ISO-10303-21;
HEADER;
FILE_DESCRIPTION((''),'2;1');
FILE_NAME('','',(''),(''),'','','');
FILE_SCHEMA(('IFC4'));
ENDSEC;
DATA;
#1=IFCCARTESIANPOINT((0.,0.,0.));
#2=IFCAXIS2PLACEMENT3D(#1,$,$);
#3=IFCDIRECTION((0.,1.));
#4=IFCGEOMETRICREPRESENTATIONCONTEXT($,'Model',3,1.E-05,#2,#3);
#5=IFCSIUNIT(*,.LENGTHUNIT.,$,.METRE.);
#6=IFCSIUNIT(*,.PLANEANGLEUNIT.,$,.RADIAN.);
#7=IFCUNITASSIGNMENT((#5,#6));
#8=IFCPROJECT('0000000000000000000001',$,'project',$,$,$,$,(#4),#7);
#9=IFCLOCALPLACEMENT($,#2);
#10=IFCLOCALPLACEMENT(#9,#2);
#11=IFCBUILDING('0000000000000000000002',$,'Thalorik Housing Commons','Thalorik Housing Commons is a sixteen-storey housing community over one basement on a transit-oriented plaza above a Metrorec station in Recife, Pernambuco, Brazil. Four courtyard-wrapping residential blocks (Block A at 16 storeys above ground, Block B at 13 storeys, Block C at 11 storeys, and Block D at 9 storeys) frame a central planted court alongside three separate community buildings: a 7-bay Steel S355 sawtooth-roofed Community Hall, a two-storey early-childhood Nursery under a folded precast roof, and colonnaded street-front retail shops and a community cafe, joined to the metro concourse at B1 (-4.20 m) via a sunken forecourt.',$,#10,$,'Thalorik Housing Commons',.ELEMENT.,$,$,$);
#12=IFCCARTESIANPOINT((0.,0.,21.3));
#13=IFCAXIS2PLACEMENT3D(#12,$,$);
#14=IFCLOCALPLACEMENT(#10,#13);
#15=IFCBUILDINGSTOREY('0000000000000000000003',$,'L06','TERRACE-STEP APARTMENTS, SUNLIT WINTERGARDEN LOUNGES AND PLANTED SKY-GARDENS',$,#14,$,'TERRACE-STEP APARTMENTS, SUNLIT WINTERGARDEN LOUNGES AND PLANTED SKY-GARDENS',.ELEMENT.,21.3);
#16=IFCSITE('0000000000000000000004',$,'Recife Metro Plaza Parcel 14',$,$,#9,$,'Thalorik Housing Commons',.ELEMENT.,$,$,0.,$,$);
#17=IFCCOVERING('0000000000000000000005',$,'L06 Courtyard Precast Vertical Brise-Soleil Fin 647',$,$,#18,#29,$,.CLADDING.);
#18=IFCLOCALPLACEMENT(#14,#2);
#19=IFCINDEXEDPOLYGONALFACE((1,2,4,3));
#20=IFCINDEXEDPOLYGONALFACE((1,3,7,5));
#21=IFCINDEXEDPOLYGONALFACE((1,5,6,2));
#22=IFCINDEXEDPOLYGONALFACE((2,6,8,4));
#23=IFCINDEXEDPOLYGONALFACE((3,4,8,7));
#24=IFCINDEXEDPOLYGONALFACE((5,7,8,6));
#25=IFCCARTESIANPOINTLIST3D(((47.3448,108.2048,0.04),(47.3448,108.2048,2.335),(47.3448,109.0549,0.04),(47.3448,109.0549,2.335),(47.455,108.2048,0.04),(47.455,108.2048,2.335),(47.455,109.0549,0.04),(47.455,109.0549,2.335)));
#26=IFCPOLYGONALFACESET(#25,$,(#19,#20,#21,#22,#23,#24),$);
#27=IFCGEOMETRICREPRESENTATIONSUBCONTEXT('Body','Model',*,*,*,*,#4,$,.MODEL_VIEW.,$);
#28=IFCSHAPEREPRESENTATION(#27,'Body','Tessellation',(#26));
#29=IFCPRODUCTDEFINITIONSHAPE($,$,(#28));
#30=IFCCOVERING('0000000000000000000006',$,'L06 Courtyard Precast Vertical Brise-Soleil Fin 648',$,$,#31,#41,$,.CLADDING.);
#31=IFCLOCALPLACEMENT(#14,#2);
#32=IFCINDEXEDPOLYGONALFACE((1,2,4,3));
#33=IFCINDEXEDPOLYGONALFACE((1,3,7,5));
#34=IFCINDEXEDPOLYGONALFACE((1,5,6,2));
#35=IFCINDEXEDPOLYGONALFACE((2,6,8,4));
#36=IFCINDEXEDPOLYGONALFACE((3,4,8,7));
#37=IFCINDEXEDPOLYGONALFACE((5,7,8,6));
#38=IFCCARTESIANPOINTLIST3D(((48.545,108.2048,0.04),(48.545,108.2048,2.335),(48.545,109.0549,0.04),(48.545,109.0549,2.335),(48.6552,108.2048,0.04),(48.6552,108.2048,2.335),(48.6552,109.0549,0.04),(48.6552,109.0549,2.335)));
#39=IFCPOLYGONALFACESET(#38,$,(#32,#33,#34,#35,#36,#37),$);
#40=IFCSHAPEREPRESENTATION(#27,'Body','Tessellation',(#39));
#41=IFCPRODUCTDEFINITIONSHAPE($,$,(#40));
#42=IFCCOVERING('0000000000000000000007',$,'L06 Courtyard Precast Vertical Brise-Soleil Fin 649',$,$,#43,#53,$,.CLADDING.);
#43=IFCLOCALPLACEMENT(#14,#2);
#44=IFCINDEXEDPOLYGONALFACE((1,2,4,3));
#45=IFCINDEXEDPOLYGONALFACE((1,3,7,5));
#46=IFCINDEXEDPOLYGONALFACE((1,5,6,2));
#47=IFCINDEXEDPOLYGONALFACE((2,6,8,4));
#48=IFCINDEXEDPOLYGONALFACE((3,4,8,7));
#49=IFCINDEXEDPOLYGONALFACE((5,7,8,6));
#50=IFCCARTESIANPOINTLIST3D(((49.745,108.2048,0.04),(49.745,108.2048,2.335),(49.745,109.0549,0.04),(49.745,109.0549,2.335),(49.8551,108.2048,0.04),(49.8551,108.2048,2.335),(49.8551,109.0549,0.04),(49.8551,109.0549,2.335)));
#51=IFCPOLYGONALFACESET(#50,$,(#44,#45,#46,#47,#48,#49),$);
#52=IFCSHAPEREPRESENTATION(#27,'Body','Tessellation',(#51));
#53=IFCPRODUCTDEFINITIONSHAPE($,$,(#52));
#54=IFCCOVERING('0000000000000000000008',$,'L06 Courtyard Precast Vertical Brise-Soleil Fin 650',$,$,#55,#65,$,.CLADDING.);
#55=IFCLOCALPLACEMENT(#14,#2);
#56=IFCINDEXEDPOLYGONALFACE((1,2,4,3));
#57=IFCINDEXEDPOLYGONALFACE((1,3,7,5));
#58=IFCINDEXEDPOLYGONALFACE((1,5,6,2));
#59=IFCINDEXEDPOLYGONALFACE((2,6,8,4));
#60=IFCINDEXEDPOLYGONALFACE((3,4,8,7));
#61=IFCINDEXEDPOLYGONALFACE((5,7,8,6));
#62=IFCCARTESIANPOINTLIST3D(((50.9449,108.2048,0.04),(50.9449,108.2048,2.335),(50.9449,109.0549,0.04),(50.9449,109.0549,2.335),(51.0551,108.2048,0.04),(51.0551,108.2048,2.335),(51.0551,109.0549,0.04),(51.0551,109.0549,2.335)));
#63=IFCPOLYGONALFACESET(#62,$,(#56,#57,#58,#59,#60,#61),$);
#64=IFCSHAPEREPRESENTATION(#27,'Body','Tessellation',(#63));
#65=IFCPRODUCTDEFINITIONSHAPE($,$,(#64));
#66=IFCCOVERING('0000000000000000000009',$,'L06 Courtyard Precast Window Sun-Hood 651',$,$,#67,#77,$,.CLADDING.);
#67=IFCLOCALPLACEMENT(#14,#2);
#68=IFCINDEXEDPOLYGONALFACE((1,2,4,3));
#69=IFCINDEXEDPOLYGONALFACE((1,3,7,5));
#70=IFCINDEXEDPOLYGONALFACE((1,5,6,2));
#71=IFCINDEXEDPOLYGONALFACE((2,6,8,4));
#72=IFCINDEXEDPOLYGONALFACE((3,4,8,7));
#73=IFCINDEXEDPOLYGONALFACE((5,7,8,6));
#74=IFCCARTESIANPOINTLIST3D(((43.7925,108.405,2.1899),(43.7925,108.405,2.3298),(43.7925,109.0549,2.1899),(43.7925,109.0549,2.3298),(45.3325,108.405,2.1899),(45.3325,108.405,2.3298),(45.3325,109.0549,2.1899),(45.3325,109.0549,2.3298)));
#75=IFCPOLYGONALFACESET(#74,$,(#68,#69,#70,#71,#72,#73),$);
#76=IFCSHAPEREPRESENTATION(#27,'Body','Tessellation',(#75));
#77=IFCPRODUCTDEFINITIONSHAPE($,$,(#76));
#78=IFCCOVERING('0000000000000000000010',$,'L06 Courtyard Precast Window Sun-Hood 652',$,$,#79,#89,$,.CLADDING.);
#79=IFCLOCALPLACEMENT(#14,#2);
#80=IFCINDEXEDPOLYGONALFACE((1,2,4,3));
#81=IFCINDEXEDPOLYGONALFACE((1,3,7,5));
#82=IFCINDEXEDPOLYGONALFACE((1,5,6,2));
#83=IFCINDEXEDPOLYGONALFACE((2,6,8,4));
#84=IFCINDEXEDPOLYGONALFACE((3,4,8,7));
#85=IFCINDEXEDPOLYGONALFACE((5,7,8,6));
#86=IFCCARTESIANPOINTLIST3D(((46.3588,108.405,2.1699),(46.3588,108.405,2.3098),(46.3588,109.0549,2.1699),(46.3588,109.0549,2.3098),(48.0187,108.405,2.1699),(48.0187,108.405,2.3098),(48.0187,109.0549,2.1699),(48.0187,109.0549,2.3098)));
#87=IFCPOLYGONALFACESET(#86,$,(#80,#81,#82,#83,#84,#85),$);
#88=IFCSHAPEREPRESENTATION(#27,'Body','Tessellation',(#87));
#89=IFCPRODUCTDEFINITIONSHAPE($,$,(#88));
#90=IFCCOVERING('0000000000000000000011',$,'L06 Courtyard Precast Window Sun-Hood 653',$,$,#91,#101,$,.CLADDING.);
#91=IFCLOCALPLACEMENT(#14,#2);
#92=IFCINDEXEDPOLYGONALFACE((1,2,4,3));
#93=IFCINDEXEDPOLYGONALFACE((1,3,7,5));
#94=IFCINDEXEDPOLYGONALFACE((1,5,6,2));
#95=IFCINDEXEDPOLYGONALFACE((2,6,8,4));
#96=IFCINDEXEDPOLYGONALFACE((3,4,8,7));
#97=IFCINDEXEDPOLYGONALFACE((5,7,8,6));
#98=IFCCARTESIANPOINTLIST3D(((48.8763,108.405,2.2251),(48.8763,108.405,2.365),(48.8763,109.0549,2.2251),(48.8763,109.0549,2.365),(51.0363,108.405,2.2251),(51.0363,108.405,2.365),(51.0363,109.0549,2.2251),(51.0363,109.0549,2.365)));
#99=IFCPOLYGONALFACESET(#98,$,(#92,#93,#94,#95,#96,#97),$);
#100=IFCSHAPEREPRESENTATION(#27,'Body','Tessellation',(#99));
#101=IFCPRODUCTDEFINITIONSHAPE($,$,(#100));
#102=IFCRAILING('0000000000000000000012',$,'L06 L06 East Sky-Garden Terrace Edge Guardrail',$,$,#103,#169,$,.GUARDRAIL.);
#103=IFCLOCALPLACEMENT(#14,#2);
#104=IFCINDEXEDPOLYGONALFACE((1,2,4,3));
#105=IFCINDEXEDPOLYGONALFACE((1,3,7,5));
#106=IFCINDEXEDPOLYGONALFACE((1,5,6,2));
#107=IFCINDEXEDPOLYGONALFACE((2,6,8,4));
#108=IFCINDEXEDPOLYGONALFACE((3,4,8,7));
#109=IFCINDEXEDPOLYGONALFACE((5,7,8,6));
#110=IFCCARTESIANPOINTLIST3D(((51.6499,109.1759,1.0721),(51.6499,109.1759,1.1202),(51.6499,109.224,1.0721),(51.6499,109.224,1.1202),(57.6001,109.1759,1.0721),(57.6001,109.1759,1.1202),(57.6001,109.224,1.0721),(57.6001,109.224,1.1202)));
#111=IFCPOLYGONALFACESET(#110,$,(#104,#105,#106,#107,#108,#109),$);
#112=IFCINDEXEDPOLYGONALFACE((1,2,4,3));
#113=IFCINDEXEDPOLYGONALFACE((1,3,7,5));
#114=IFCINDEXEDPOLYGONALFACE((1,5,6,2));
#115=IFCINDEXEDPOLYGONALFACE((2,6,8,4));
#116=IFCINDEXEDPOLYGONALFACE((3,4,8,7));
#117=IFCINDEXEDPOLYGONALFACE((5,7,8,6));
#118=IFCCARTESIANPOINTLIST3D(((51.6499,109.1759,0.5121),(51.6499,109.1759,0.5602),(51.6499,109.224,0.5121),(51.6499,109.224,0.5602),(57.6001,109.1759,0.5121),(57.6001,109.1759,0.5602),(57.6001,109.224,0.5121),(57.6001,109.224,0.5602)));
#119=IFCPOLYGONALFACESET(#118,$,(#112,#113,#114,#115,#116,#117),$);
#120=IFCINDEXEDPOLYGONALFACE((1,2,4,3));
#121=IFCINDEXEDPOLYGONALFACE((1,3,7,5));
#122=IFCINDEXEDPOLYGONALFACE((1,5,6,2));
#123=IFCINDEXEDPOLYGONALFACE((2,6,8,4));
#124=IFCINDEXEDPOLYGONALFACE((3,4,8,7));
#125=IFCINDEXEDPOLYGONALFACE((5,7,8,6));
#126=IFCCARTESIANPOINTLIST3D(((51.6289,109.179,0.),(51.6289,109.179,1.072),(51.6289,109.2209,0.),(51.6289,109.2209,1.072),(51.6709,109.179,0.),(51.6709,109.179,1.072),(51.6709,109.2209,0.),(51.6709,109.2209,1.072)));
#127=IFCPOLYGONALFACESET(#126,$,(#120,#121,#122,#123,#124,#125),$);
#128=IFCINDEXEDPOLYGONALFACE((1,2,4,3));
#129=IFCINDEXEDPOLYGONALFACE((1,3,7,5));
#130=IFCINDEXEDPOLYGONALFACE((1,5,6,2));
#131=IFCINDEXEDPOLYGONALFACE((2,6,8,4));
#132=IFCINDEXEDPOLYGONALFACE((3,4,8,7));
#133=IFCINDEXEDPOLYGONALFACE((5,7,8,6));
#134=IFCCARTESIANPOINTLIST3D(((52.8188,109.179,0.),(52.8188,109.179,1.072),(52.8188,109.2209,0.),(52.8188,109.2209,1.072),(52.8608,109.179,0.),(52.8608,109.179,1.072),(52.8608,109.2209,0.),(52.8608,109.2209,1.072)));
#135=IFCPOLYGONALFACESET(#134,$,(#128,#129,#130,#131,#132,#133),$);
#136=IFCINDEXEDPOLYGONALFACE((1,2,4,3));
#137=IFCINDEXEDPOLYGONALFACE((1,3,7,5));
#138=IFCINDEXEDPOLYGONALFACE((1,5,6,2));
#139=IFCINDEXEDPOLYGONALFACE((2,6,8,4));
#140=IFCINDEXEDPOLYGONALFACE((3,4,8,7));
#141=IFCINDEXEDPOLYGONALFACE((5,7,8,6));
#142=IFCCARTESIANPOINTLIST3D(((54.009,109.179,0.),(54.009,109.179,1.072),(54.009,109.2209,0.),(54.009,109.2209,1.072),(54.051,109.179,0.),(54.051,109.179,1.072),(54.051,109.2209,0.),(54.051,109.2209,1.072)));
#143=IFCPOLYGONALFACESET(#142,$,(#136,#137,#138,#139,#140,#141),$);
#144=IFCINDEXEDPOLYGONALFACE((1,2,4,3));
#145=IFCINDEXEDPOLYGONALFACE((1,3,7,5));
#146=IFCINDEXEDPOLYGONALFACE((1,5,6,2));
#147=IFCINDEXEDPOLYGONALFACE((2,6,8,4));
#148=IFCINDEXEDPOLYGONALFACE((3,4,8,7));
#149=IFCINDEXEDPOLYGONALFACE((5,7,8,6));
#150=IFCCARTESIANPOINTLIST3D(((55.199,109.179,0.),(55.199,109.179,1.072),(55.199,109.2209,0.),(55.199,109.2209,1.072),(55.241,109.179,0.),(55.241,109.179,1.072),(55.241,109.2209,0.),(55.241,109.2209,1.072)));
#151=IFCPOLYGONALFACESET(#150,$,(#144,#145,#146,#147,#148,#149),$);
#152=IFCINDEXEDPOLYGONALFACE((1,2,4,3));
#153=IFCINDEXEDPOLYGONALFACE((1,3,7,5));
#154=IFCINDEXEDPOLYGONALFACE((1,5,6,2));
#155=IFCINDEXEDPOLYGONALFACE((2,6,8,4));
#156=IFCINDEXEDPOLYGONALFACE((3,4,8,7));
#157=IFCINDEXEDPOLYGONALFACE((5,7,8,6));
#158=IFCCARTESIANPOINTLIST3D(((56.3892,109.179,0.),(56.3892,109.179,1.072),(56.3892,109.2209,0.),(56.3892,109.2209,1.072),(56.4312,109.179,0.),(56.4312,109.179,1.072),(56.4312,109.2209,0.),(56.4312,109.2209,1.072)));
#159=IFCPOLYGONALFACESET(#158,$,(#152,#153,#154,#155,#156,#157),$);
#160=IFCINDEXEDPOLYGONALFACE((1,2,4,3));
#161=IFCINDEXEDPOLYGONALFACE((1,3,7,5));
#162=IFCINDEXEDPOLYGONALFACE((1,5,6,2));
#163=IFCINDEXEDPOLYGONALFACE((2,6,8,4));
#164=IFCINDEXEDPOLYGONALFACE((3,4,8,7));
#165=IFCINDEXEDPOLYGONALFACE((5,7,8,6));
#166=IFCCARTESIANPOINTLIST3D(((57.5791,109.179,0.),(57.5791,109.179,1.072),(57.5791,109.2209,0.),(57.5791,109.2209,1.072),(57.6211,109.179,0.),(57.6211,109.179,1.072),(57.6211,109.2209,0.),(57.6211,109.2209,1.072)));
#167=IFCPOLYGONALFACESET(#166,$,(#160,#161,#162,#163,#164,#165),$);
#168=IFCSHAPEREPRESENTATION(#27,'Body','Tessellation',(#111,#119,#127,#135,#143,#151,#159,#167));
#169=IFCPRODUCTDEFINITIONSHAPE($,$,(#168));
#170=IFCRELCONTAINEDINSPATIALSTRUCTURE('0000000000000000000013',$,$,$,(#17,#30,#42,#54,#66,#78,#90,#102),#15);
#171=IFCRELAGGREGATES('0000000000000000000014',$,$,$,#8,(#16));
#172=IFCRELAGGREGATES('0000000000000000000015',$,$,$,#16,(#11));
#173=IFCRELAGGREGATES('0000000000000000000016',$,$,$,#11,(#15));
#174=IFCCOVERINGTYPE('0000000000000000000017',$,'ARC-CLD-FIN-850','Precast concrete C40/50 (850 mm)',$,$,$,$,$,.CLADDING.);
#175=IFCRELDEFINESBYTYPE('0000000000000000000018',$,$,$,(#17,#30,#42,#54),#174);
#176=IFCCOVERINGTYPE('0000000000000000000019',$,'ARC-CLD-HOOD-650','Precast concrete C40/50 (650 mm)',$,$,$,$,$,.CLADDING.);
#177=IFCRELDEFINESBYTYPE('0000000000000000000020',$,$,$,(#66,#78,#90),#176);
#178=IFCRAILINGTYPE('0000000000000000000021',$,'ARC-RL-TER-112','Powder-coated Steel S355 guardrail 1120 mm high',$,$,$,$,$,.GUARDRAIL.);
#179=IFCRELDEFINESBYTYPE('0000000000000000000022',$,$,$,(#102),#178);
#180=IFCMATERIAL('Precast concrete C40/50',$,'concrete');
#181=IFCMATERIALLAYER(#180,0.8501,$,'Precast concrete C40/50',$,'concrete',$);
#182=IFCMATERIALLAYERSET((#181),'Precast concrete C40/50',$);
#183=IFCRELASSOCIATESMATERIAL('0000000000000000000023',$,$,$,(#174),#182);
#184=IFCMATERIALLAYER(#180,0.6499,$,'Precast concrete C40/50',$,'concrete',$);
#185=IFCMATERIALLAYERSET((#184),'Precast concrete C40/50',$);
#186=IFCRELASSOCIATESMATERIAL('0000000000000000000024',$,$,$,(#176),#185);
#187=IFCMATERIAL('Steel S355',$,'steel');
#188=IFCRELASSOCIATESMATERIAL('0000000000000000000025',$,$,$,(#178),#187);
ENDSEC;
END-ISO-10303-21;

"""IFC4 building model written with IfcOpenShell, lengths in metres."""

from ifc_helpers import new_model, si_unit, direction, frame, origin, origin_2d, place, context, subcontext, project, spatial, rectangle, extrude, material, layer, layer_set, type_object, element, save


model = new_model("IFC4")

# Units and contexts
model_context = context("Model", 3, precision=1e-05, world=origin(), true_north=direction((0.0, 1.0)))
body_context = subcontext(model_context, "Body", "Model", "MODEL_VIEW")
ifc_project = project(units=[si_unit("LENGTHUNIT", "METRE"), si_unit("PLANEANGLEUNIT", "RADIAN")], contexts=[model_context])

# Site, building, storey
site_placement = place(None, origin())
site = spatial("IfcSite", under=ifc_project, at=site_placement, Name="Recife Metro Plaza Parcel 14", LongName="Thalorik Housing Commons", CompositionType="ELEMENT", RefElevation=0.0)
building_placement = place(site_placement, origin())
building = spatial("IfcBuilding", under=site, at=building_placement, Name="Thalorik Housing Commons", Description="Thalorik Housing Commons is a sixteen-storey housing community over one basement on a transit-oriented plaza above a Metrorec station in Recife, Pernambuco, Brazil. Four courtyard-wrapping residential blocks (Block A at 16 storeys above ground, Block B at 13 storeys, Block C at 11 storeys, and Block D at 9 storeys) frame a central planted court alongside three separate community buildings: a 7-bay Steel S355 sawtooth-roofed Community Hall, a two-storey early-childhood Nursery under a folded precast roof, and colonnaded street-front retail shops and a community cafe, joined to the metro concourse at B1 (-4.20 m) via a sunken forecourt.", LongName="Thalorik Housing Commons", CompositionType="ELEMENT")
storey_placement = place(building_placement, frame((0.0, 0.0, 21.3)))
storey = spatial("IfcBuildingStorey", under=building, at=storey_placement, Name="L06", Description="TERRACE-STEP APARTMENTS, SUNLIT WINTERGARDEN LOUNGES AND PLANTED SKY-GARDENS", LongName="TERRACE-STEP APARTMENTS, SUNLIT WINTERGARDEN LOUNGES AND PLANTED SKY-GARDENS", CompositionType="ELEMENT", Elevation=21.3)

# Shared definitions
ifc_material_1 = material(Name="Precast concrete C40/50", Category="concrete")

# Coverings
ifc_layer_1 = layer(ifc_material_1, 0.8501, Name="Precast concrete C40/50", Category="concrete")
ifc_layer_set_1 = layer_set([ifc_layer_1], Name="Precast concrete C40/50")
covering_type_1 = type_object("IfcCoveringType", Name="ARC-CLD-FIN-850", Description="Precast concrete C40/50 (850 mm)", PredefinedType="CLADDING", material=ifc_layer_set_1)
for number, where, z_axis, x_axis, name in (
    (1, (47.3999, 108.6299, 0.04), (0.0, 0.0, 1.0), (1.0, 0.0, 0.0), "L06 Courtyard Precast Vertical Brise-Soleil Fin 647"),
    (2, (48.6001, 108.6299, 0.04), (0.0, 0.0, 1.0), (1.0, 0.0, 0.0), "L06 Courtyard Precast Vertical Brise-Soleil Fin 648"),
    (3, (49.8, 108.6299, 0.04), (0.0, 0.0, 1.0), (1.0, 0.0, 0.0), "L06 Courtyard Precast Vertical Brise-Soleil Fin 649"),
    (4, (51.0, 108.6299, 0.04), (0.0, 0.0, 1.0), (1.0, 0.0, 0.0), "L06 Courtyard Precast Vertical Brise-Soleil Fin 650"),
):
    element("IfcCovering", number, at=place(storey_placement, frame(where, z_axis=z_axis, x_axis=x_axis)), inside=storey, type_object=covering_type_1, Name=name, PredefinedType="CLADDING", context=body_context, shape_type="SweptSolid", body=[
        extrude(rectangle(XDim=0.1101, YDim=0.8501, at=origin_2d()), origin(), (0.0, 0.0, 1.0), 2.2949),
    ])
ifc_layer_2 = layer(ifc_material_1, 0.6499, Name="Precast concrete C40/50", Category="concrete")
ifc_layer_set_2 = layer_set([ifc_layer_2], Name="Precast concrete C40/50")
covering_type_2 = type_object("IfcCoveringType", Name="ARC-CLD-HOOD-650", Description="Precast concrete C40/50 (650 mm)", PredefinedType="CLADDING", material=ifc_layer_set_2)
covering_1_placement = place(storey_placement, frame((44.5625, 108.73, 2.1899), z_axis=(0.0, 0.0, 1.0), x_axis=(1.0, 0.0, 0.0)))
element("IfcCovering", 5, at=covering_1_placement, inside=storey, type_object=covering_type_2, Name="L06 Courtyard Precast Window Sun-Hood 651", PredefinedType="CLADDING", context=body_context, shape_type="SweptSolid", body=[
    extrude(rectangle(XDim=1.54, YDim=0.6499, at=origin_2d()), origin(), (0.0, 0.0, 1.0), 0.1399),
])
covering_2_placement = place(storey_placement, frame((47.1887, 108.73, 2.1699), z_axis=(0.0, 0.0, 1.0), x_axis=(1.0, 0.0, 0.0)))
element("IfcCovering", 6, at=covering_2_placement, inside=storey, type_object=covering_type_2, Name="L06 Courtyard Precast Window Sun-Hood 652", PredefinedType="CLADDING", context=body_context, shape_type="SweptSolid", body=[
    extrude(rectangle(XDim=1.6599, YDim=0.6499, at=origin_2d()), origin(), (0.0, 0.0, 1.0), 0.1399),
])
covering_3_placement = place(storey_placement, frame((49.9563, 108.73, 2.2251), z_axis=(0.0, 0.0, 1.0), x_axis=(1.0, 0.0, 0.0)))
element("IfcCovering", 7, at=covering_3_placement, inside=storey, type_object=covering_type_2, Name="L06 Courtyard Precast Window Sun-Hood 653", PredefinedType="CLADDING", context=body_context, shape_type="SweptSolid", body=[
    extrude(rectangle(XDim=2.1599, YDim=0.6499, at=origin_2d()), origin(), (0.0, 0.0, 1.0), 0.1399),
])

# Railing
ifc_material_2 = material(Name="Steel S355", Category="steel")
railing_type = type_object("IfcRailingType", Name="ARC-RL-TER-112", Description="Powder-coated Steel S355 guardrail 1120 mm high", PredefinedType="GUARDRAIL", material=ifc_material_2)
railing_placement = place(storey_placement, frame((51.6499, 109.2, 0.0)))
element("IfcRailing", 8, at=railing_placement, inside=storey, type_object=railing_type, Name="L06 L06 East Sky-Garden Terrace Edge Guardrail", PredefinedType="GUARDRAIL", context=body_context, shape_type="SweptSolid", body=[
    extrude(rectangle(XDim=0.0481, YDim=0.0481, at=origin_2d()), frame((0.0, 0.0, 1.0962), z_axis=(1.0, 0.0, 0.0), x_axis=(0.0, 1.0, 0.0)), (0.0, 0.0, 1.0), 5.9502),
    extrude(rectangle(XDim=0.0481, YDim=0.0481, at=origin_2d()), frame((0.0, 0.0, 0.5361), z_axis=(1.0, 0.0, 0.0), x_axis=(0.0, 1.0, 0.0)), (0.0, 0.0, 1.0), 5.9502),
    extrude(rectangle(XDim=0.042, YDim=0.042, at=origin_2d()), origin(), (0.0, 0.0, 1.0), 1.072),
    extrude(rectangle(XDim=0.042, YDim=0.042, at=origin_2d()), frame((1.1899, 0.0, 0.0)), (0.0, 0.0, 1.0), 1.072),
    extrude(rectangle(XDim=0.042, YDim=0.042, at=origin_2d()), frame((2.3801, 0.0, 0.0)), (0.0, 0.0, 1.0), 1.072),
    extrude(rectangle(XDim=0.042, YDim=0.042, at=origin_2d()), frame((3.5701, 0.0, 0.0)), (0.0, 0.0, 1.0), 1.072),
    extrude(rectangle(XDim=0.042, YDim=0.042, at=origin_2d()), frame((4.7603, 0.0, 0.0)), (0.0, 0.0, 1.0), 1.072),
    extrude(rectangle(XDim=0.042, YDim=0.042, at=origin_2d()), frame((5.9502, 0.0, 0.0)), (0.0, 0.0, 1.0), 1.072),
])

save(model, "model.ifc")
